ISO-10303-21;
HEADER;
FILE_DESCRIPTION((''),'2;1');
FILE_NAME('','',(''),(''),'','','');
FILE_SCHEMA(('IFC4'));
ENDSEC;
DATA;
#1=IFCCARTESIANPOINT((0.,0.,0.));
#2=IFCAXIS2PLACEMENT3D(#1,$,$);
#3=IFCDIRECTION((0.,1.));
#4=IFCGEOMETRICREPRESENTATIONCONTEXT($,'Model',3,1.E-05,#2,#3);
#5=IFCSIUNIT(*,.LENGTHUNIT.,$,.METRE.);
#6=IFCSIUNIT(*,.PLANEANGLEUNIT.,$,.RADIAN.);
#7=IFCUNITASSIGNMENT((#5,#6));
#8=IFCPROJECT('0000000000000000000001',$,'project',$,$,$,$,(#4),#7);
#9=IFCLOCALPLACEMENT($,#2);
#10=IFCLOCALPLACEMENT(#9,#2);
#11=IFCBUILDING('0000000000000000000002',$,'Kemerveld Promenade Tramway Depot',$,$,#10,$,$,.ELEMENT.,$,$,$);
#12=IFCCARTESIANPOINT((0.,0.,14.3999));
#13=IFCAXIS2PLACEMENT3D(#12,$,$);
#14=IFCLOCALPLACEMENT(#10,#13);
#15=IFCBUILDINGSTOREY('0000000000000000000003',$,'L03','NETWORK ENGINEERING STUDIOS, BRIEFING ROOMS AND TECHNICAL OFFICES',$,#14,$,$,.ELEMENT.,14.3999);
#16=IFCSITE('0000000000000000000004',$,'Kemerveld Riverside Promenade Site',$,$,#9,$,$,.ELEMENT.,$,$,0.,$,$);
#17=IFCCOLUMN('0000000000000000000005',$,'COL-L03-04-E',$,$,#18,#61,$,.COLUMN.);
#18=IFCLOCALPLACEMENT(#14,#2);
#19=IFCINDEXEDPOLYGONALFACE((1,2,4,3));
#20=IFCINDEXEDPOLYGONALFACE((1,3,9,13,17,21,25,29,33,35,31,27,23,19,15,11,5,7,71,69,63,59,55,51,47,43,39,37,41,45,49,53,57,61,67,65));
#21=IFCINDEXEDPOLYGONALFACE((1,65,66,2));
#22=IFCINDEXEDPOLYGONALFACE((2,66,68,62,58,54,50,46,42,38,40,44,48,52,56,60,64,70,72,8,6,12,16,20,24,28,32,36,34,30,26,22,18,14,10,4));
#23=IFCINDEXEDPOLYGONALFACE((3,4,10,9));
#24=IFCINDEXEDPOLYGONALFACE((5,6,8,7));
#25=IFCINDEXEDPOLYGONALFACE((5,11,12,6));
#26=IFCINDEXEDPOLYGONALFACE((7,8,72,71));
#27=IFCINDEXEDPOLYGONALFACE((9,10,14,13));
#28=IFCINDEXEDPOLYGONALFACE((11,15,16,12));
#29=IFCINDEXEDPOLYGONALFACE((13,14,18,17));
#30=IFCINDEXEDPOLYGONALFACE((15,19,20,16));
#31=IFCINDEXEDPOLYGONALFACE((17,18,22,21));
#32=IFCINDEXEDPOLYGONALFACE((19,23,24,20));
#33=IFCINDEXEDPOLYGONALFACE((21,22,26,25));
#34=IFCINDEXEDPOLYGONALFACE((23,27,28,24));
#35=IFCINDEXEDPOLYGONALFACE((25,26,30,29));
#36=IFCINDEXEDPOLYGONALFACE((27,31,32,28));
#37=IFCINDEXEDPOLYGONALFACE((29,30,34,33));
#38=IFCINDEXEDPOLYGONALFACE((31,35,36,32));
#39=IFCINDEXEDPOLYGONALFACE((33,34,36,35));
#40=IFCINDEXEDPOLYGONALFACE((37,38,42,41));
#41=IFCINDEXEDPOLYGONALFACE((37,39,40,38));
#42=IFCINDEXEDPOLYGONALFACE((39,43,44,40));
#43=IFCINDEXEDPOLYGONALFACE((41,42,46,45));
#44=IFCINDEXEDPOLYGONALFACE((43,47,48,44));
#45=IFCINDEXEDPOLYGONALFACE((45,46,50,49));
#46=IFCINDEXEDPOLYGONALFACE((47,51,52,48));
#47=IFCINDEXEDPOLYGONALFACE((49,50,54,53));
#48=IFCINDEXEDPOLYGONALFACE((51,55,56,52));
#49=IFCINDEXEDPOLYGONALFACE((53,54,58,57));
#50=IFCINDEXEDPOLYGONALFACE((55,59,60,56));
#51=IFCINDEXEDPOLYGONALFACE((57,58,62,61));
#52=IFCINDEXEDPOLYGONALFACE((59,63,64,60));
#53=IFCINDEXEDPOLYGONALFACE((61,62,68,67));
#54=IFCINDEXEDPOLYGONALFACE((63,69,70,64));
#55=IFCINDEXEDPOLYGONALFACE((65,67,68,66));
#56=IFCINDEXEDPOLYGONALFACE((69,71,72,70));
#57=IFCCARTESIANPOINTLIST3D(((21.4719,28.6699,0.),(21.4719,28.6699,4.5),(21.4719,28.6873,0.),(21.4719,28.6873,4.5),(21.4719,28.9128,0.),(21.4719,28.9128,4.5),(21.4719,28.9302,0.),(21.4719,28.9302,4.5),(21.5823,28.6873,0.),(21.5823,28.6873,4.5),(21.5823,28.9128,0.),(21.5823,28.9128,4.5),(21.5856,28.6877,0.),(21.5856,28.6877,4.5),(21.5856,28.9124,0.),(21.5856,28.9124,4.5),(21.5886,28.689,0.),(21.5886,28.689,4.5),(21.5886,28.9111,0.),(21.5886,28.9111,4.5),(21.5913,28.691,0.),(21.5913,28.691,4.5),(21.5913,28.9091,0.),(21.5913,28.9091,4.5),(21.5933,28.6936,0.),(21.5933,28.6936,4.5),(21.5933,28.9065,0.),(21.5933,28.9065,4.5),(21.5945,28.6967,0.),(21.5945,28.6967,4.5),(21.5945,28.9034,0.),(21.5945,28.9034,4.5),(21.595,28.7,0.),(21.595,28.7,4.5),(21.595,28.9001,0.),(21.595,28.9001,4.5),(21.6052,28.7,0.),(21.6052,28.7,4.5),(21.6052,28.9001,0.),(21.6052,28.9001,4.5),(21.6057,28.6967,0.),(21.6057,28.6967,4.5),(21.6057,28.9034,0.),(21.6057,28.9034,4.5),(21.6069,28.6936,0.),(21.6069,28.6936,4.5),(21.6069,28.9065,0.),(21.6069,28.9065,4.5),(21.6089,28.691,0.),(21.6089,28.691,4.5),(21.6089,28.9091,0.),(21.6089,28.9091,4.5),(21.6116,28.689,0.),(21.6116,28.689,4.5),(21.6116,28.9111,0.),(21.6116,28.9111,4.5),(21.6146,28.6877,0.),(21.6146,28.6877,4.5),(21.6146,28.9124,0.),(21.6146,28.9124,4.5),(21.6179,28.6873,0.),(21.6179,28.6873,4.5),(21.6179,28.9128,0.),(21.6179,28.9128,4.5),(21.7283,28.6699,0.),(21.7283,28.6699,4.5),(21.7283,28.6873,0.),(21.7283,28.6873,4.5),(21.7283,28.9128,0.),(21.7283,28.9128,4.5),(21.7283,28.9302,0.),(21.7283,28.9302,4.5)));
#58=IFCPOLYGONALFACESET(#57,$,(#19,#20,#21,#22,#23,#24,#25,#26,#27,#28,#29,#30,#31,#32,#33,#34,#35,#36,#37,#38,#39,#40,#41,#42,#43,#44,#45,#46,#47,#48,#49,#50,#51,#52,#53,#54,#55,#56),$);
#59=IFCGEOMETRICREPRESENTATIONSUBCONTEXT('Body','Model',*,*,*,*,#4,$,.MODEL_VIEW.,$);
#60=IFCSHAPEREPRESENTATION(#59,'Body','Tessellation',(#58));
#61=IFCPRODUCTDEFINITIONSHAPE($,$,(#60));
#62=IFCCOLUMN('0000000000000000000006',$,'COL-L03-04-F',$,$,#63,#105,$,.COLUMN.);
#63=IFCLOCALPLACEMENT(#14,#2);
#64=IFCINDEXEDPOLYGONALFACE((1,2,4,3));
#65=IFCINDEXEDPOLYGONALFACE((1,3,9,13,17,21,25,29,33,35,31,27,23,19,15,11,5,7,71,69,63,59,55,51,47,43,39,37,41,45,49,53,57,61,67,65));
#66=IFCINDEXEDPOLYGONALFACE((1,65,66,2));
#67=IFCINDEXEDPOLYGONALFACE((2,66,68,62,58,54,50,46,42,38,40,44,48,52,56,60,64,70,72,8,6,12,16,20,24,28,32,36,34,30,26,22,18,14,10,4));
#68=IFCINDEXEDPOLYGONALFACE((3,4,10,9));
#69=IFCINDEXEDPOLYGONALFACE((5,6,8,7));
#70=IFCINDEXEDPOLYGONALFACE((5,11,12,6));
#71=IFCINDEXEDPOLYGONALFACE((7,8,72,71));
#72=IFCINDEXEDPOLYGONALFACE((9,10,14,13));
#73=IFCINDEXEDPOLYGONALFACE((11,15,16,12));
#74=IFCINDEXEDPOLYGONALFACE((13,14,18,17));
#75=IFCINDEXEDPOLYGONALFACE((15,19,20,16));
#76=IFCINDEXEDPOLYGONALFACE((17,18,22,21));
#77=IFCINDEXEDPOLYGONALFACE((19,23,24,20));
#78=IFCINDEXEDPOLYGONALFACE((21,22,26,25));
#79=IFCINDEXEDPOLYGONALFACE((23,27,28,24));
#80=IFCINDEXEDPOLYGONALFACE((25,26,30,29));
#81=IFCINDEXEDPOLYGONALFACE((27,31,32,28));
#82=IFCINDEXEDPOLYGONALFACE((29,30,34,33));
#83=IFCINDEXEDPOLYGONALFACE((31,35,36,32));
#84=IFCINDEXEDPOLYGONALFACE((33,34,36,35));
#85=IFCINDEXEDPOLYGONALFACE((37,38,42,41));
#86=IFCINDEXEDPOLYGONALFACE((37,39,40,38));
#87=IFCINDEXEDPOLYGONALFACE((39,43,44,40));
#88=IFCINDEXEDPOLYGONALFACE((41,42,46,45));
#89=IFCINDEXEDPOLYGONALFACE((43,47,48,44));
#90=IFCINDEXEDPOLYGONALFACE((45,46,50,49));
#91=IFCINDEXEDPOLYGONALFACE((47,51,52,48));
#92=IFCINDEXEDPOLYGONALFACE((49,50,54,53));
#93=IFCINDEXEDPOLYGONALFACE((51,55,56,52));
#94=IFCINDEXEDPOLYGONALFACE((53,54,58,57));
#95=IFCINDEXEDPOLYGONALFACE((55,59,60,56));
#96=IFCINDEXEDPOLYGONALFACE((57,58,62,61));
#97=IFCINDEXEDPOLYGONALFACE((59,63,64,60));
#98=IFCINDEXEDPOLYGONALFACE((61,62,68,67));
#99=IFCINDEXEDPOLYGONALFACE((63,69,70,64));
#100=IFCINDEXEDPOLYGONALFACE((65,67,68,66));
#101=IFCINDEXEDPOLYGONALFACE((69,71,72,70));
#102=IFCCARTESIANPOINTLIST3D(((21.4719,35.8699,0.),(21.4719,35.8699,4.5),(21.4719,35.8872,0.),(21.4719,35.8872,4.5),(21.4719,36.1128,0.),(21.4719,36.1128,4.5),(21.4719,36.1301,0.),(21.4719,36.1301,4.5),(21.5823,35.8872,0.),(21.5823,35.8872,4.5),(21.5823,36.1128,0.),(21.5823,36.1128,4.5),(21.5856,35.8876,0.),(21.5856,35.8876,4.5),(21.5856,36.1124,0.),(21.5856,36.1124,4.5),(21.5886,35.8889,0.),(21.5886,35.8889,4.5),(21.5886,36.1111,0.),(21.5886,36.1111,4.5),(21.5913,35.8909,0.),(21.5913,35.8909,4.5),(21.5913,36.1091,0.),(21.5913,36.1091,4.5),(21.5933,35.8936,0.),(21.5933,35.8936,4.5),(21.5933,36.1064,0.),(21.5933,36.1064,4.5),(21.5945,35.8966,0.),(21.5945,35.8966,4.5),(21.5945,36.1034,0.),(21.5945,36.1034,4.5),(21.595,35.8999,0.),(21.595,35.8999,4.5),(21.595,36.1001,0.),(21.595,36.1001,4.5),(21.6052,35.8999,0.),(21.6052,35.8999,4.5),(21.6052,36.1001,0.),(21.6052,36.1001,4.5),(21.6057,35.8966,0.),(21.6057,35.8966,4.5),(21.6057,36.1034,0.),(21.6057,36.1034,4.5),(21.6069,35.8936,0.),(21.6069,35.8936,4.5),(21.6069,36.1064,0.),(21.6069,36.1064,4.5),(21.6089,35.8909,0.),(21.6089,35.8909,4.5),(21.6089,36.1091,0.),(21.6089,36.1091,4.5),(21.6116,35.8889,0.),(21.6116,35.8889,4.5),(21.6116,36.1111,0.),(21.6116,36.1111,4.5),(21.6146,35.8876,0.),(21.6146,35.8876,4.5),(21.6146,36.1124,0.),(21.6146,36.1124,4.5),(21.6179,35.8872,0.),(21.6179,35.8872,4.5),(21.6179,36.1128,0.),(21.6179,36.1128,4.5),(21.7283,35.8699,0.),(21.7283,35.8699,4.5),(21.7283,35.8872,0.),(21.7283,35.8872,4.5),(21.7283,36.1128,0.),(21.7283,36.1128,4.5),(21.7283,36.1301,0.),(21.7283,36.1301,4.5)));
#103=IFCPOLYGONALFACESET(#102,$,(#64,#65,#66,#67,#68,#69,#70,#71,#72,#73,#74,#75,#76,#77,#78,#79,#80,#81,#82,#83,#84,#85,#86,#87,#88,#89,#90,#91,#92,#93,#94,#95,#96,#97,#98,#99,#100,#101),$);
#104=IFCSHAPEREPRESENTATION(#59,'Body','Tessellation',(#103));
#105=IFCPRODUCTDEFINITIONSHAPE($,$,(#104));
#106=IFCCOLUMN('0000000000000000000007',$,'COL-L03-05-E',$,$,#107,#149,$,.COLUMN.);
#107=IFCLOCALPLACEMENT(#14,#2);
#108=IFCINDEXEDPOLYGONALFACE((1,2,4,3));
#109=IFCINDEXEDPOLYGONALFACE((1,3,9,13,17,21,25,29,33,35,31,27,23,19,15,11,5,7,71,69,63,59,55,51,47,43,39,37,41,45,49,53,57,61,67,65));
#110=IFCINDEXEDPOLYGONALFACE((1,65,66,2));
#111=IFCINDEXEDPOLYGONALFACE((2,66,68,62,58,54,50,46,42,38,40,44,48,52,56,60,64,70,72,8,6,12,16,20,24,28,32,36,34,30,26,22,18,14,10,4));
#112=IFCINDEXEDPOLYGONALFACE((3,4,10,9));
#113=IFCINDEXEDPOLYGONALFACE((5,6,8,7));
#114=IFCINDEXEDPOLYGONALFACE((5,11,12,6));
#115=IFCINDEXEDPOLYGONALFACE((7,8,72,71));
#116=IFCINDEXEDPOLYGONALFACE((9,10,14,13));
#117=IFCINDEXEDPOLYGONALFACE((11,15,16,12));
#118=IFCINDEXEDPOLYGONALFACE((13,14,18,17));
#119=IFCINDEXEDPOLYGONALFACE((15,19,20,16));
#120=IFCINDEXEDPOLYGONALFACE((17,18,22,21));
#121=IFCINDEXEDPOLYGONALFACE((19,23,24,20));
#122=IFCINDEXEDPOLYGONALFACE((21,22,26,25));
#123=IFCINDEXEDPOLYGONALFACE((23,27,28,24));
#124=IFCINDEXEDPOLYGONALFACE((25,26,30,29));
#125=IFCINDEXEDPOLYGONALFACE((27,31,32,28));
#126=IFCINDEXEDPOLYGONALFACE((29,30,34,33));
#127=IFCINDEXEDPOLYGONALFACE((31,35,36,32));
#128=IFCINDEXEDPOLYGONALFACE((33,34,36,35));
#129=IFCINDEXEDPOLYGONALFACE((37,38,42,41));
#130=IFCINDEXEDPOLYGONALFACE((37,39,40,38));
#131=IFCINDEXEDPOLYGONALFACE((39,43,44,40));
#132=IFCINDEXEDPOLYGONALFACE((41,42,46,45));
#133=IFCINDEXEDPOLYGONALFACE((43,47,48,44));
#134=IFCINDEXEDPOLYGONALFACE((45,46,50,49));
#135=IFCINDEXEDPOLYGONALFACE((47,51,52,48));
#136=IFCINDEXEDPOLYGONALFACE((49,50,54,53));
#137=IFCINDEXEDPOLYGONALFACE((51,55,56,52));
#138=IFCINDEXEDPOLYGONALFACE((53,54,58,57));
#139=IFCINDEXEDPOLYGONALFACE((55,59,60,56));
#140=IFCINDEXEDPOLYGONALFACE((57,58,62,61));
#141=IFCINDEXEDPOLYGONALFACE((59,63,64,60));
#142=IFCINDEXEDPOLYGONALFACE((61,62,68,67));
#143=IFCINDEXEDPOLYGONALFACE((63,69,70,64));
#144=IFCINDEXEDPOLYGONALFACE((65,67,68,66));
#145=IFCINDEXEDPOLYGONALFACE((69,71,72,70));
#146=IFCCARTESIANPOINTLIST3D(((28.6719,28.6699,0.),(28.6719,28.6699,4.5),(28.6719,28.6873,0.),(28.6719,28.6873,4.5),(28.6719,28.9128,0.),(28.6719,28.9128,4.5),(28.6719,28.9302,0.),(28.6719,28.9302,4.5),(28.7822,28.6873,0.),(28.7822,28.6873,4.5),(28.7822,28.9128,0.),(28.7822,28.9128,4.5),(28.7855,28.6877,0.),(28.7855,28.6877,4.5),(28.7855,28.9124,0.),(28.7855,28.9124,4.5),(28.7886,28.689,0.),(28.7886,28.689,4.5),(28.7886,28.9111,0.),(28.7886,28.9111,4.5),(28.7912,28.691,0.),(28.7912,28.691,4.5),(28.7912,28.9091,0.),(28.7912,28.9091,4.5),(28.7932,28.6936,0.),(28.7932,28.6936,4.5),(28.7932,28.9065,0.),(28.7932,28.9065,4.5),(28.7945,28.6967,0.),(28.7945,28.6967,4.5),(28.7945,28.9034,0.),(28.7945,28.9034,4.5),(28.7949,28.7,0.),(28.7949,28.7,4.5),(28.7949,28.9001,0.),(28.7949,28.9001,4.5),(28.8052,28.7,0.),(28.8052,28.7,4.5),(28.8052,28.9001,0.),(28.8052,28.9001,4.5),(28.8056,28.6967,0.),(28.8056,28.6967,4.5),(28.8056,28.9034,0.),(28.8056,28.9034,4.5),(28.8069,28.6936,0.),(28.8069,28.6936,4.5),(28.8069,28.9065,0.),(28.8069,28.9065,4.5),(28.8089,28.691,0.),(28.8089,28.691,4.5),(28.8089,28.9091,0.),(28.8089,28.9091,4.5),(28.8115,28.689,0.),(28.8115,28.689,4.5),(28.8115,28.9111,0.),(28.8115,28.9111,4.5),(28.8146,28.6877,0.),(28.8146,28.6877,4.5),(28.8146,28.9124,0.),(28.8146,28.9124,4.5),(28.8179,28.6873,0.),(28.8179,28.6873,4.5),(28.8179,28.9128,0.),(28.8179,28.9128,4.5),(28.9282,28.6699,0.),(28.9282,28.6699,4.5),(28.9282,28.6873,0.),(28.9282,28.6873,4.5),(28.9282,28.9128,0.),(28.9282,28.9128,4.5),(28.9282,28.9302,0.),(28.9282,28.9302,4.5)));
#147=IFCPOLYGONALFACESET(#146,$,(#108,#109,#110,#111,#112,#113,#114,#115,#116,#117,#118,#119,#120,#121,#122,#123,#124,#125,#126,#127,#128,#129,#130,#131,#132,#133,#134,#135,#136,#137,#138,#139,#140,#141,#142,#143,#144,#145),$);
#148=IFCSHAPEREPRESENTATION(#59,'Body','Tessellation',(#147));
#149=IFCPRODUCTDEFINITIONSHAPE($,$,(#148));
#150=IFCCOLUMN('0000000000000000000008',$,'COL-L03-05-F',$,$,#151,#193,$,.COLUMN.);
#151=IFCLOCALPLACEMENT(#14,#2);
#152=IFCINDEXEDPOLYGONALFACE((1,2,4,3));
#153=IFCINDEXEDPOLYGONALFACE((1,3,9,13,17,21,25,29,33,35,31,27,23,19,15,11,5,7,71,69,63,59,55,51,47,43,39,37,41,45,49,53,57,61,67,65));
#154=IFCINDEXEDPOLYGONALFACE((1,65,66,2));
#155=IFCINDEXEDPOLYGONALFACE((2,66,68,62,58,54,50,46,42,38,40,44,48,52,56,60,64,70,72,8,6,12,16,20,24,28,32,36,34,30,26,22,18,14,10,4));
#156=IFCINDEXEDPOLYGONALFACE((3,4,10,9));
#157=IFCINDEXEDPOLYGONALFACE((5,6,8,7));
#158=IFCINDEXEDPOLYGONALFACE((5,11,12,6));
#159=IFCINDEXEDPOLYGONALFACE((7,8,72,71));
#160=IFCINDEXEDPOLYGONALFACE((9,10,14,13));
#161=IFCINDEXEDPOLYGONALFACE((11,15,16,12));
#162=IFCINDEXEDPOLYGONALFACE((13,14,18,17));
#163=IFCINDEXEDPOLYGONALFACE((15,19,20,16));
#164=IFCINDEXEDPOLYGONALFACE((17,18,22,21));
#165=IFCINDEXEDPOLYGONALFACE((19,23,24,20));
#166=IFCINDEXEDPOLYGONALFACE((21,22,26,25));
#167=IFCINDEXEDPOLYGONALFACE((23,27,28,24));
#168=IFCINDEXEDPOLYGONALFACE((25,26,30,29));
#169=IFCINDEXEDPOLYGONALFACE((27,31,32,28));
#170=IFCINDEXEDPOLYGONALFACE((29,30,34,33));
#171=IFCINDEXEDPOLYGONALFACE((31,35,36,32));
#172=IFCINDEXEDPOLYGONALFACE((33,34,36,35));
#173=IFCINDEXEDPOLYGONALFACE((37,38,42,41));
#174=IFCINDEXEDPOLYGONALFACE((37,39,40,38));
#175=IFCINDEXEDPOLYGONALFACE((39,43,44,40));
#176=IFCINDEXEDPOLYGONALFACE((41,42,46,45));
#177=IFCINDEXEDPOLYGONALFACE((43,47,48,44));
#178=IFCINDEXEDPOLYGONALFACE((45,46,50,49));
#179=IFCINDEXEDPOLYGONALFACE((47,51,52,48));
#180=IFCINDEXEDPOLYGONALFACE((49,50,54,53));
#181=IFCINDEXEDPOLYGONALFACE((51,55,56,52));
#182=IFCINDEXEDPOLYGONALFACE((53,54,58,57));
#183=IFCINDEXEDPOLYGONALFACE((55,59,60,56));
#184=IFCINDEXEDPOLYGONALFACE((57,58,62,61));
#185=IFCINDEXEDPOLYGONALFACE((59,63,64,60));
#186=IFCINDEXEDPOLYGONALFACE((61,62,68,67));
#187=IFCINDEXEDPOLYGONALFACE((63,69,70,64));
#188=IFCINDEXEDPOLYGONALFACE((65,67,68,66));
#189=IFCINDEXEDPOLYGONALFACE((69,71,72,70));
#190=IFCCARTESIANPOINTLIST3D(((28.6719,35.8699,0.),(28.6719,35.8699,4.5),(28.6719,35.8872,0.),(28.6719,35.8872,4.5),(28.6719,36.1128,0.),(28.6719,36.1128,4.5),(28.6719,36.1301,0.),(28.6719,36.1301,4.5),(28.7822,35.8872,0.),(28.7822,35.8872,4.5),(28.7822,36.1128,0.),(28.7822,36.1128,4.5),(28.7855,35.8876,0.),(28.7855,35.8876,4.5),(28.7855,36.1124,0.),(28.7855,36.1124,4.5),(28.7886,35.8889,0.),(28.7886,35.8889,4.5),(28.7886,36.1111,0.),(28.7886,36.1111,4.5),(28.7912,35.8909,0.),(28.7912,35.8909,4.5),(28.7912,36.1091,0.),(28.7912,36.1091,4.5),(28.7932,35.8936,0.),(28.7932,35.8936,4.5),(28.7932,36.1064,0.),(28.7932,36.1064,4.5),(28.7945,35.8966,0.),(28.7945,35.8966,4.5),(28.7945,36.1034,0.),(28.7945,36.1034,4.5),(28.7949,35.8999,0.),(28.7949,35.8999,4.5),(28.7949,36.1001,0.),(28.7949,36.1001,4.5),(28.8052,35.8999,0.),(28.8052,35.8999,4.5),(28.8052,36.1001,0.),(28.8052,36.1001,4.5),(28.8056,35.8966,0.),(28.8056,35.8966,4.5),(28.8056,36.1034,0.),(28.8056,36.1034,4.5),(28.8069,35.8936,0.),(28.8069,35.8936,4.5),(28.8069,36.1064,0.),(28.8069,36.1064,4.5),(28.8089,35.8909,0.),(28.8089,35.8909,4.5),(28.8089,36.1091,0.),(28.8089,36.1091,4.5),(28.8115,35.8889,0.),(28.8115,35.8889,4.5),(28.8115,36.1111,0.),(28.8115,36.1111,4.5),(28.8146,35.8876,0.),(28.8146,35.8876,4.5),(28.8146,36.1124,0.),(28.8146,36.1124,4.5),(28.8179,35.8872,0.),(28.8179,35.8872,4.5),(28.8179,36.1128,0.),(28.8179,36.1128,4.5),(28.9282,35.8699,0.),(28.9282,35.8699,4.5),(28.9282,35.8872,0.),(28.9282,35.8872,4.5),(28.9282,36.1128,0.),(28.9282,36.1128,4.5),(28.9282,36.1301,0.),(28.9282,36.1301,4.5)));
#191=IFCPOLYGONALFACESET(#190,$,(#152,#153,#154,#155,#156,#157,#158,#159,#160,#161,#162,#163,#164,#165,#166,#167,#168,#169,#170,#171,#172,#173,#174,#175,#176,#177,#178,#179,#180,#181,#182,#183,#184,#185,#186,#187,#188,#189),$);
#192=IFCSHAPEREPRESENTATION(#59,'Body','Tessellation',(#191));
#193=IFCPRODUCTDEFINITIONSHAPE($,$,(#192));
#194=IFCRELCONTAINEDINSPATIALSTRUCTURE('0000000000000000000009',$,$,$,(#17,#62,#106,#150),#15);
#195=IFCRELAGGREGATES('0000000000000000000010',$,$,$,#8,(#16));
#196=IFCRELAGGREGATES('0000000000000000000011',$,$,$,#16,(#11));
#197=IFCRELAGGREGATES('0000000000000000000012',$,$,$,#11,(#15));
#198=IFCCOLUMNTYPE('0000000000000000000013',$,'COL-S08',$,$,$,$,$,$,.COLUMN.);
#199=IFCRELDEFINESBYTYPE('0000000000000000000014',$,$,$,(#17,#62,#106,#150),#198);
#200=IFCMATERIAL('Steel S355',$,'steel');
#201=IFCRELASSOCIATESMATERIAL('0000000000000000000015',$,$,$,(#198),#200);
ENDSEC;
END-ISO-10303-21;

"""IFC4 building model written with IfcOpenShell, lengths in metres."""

from ifc_helpers import new_model, si_unit, direction, frame, origin, origin_2d, place, context, subcontext, project, spatial, i_section, extrude, material, material_profile, profile_set, type_object, element, save


model = new_model("IFC4")

# Units and contexts
model_context = context("Model", 3, precision=1e-05, world=origin(), true_north=direction((0.0, 1.0)))
body_context = subcontext(model_context, "Body", "Model", "MODEL_VIEW")
ifc_project = project(units=[si_unit("LENGTHUNIT", "METRE"), si_unit("PLANEANGLEUNIT", "RADIAN")], contexts=[model_context])

# Site, building, storey
site_placement = place(None, origin())
site = spatial("IfcSite", under=ifc_project, at=site_placement, Name="Kemerveld Riverside Promenade Site", CompositionType="ELEMENT", RefElevation=0.0)
building_placement = place(site_placement, origin())
building = spatial("IfcBuilding", under=site, at=building_placement, Name="Kemerveld Promenade Tramway Depot", CompositionType="ELEMENT")
storey_placement = place(building_placement, frame((0.0, 0.0, 14.3999)))
storey = spatial("IfcBuildingStorey", under=building, at=storey_placement, Name="L03", Description="NETWORK ENGINEERING STUDIOS, BRIEFING ROOMS AND TECHNICAL OFFICES", CompositionType="ELEMENT", Elevation=14.3999)

# Columns
ifc_material = material(Name="Steel S355", Category="steel")
ifc_material_profile_1 = material_profile(ifc_material, i_section(OverallWidth=0.2563, OverallDepth=0.2603, WebThickness=0.0103, FlangeThickness=0.0173, FilletRadius=0.0127, at=origin_2d()), Name="254x254x89 UC")
ifc_profile_set_1 = profile_set([ifc_material_profile_1], Name="Steel S355")
column_type = type_object("IfcColumnType", Name="COL-S08", PredefinedType="COLUMN", material=ifc_profile_set_1)
for number, where, z_axis, x_axis, name in (
    (1, (21.6001, 28.8, 0.0), (0.0, 0.0, 1.0), (1.0, 0.0, 0.0), "COL-L03-04-E"),
    (2, (21.6001, 36.0, 0.0), (0.0, 0.0, 1.0), (1.0, 0.0, 0.0), "COL-L03-04-F"),
    (3, (28.8, 28.8, 0.0), (0.0, 0.0, 1.0), (1.0, 0.0, 0.0), "COL-L03-05-E"),
    (4, (28.8, 36.0, 0.0), (0.0, 0.0, 1.0), (1.0, 0.0, 0.0), "COL-L03-05-F"),
):
    element("IfcColumn", number, at=place(storey_placement, frame(where, z_axis=z_axis, x_axis=x_axis)), inside=storey, type_object=column_type, Name=name, PredefinedType="COLUMN", context=body_context, shape_type="SweptSolid", body=[
        extrude(i_section(OverallWidth=0.2563, OverallDepth=0.2603, WebThickness=0.0103, FlangeThickness=0.0173, FilletRadius=0.0127, at=origin_2d()), origin(), (0.0, 0.0, 1.0), 4.5),
    ])

save(model, "model.ifc")
